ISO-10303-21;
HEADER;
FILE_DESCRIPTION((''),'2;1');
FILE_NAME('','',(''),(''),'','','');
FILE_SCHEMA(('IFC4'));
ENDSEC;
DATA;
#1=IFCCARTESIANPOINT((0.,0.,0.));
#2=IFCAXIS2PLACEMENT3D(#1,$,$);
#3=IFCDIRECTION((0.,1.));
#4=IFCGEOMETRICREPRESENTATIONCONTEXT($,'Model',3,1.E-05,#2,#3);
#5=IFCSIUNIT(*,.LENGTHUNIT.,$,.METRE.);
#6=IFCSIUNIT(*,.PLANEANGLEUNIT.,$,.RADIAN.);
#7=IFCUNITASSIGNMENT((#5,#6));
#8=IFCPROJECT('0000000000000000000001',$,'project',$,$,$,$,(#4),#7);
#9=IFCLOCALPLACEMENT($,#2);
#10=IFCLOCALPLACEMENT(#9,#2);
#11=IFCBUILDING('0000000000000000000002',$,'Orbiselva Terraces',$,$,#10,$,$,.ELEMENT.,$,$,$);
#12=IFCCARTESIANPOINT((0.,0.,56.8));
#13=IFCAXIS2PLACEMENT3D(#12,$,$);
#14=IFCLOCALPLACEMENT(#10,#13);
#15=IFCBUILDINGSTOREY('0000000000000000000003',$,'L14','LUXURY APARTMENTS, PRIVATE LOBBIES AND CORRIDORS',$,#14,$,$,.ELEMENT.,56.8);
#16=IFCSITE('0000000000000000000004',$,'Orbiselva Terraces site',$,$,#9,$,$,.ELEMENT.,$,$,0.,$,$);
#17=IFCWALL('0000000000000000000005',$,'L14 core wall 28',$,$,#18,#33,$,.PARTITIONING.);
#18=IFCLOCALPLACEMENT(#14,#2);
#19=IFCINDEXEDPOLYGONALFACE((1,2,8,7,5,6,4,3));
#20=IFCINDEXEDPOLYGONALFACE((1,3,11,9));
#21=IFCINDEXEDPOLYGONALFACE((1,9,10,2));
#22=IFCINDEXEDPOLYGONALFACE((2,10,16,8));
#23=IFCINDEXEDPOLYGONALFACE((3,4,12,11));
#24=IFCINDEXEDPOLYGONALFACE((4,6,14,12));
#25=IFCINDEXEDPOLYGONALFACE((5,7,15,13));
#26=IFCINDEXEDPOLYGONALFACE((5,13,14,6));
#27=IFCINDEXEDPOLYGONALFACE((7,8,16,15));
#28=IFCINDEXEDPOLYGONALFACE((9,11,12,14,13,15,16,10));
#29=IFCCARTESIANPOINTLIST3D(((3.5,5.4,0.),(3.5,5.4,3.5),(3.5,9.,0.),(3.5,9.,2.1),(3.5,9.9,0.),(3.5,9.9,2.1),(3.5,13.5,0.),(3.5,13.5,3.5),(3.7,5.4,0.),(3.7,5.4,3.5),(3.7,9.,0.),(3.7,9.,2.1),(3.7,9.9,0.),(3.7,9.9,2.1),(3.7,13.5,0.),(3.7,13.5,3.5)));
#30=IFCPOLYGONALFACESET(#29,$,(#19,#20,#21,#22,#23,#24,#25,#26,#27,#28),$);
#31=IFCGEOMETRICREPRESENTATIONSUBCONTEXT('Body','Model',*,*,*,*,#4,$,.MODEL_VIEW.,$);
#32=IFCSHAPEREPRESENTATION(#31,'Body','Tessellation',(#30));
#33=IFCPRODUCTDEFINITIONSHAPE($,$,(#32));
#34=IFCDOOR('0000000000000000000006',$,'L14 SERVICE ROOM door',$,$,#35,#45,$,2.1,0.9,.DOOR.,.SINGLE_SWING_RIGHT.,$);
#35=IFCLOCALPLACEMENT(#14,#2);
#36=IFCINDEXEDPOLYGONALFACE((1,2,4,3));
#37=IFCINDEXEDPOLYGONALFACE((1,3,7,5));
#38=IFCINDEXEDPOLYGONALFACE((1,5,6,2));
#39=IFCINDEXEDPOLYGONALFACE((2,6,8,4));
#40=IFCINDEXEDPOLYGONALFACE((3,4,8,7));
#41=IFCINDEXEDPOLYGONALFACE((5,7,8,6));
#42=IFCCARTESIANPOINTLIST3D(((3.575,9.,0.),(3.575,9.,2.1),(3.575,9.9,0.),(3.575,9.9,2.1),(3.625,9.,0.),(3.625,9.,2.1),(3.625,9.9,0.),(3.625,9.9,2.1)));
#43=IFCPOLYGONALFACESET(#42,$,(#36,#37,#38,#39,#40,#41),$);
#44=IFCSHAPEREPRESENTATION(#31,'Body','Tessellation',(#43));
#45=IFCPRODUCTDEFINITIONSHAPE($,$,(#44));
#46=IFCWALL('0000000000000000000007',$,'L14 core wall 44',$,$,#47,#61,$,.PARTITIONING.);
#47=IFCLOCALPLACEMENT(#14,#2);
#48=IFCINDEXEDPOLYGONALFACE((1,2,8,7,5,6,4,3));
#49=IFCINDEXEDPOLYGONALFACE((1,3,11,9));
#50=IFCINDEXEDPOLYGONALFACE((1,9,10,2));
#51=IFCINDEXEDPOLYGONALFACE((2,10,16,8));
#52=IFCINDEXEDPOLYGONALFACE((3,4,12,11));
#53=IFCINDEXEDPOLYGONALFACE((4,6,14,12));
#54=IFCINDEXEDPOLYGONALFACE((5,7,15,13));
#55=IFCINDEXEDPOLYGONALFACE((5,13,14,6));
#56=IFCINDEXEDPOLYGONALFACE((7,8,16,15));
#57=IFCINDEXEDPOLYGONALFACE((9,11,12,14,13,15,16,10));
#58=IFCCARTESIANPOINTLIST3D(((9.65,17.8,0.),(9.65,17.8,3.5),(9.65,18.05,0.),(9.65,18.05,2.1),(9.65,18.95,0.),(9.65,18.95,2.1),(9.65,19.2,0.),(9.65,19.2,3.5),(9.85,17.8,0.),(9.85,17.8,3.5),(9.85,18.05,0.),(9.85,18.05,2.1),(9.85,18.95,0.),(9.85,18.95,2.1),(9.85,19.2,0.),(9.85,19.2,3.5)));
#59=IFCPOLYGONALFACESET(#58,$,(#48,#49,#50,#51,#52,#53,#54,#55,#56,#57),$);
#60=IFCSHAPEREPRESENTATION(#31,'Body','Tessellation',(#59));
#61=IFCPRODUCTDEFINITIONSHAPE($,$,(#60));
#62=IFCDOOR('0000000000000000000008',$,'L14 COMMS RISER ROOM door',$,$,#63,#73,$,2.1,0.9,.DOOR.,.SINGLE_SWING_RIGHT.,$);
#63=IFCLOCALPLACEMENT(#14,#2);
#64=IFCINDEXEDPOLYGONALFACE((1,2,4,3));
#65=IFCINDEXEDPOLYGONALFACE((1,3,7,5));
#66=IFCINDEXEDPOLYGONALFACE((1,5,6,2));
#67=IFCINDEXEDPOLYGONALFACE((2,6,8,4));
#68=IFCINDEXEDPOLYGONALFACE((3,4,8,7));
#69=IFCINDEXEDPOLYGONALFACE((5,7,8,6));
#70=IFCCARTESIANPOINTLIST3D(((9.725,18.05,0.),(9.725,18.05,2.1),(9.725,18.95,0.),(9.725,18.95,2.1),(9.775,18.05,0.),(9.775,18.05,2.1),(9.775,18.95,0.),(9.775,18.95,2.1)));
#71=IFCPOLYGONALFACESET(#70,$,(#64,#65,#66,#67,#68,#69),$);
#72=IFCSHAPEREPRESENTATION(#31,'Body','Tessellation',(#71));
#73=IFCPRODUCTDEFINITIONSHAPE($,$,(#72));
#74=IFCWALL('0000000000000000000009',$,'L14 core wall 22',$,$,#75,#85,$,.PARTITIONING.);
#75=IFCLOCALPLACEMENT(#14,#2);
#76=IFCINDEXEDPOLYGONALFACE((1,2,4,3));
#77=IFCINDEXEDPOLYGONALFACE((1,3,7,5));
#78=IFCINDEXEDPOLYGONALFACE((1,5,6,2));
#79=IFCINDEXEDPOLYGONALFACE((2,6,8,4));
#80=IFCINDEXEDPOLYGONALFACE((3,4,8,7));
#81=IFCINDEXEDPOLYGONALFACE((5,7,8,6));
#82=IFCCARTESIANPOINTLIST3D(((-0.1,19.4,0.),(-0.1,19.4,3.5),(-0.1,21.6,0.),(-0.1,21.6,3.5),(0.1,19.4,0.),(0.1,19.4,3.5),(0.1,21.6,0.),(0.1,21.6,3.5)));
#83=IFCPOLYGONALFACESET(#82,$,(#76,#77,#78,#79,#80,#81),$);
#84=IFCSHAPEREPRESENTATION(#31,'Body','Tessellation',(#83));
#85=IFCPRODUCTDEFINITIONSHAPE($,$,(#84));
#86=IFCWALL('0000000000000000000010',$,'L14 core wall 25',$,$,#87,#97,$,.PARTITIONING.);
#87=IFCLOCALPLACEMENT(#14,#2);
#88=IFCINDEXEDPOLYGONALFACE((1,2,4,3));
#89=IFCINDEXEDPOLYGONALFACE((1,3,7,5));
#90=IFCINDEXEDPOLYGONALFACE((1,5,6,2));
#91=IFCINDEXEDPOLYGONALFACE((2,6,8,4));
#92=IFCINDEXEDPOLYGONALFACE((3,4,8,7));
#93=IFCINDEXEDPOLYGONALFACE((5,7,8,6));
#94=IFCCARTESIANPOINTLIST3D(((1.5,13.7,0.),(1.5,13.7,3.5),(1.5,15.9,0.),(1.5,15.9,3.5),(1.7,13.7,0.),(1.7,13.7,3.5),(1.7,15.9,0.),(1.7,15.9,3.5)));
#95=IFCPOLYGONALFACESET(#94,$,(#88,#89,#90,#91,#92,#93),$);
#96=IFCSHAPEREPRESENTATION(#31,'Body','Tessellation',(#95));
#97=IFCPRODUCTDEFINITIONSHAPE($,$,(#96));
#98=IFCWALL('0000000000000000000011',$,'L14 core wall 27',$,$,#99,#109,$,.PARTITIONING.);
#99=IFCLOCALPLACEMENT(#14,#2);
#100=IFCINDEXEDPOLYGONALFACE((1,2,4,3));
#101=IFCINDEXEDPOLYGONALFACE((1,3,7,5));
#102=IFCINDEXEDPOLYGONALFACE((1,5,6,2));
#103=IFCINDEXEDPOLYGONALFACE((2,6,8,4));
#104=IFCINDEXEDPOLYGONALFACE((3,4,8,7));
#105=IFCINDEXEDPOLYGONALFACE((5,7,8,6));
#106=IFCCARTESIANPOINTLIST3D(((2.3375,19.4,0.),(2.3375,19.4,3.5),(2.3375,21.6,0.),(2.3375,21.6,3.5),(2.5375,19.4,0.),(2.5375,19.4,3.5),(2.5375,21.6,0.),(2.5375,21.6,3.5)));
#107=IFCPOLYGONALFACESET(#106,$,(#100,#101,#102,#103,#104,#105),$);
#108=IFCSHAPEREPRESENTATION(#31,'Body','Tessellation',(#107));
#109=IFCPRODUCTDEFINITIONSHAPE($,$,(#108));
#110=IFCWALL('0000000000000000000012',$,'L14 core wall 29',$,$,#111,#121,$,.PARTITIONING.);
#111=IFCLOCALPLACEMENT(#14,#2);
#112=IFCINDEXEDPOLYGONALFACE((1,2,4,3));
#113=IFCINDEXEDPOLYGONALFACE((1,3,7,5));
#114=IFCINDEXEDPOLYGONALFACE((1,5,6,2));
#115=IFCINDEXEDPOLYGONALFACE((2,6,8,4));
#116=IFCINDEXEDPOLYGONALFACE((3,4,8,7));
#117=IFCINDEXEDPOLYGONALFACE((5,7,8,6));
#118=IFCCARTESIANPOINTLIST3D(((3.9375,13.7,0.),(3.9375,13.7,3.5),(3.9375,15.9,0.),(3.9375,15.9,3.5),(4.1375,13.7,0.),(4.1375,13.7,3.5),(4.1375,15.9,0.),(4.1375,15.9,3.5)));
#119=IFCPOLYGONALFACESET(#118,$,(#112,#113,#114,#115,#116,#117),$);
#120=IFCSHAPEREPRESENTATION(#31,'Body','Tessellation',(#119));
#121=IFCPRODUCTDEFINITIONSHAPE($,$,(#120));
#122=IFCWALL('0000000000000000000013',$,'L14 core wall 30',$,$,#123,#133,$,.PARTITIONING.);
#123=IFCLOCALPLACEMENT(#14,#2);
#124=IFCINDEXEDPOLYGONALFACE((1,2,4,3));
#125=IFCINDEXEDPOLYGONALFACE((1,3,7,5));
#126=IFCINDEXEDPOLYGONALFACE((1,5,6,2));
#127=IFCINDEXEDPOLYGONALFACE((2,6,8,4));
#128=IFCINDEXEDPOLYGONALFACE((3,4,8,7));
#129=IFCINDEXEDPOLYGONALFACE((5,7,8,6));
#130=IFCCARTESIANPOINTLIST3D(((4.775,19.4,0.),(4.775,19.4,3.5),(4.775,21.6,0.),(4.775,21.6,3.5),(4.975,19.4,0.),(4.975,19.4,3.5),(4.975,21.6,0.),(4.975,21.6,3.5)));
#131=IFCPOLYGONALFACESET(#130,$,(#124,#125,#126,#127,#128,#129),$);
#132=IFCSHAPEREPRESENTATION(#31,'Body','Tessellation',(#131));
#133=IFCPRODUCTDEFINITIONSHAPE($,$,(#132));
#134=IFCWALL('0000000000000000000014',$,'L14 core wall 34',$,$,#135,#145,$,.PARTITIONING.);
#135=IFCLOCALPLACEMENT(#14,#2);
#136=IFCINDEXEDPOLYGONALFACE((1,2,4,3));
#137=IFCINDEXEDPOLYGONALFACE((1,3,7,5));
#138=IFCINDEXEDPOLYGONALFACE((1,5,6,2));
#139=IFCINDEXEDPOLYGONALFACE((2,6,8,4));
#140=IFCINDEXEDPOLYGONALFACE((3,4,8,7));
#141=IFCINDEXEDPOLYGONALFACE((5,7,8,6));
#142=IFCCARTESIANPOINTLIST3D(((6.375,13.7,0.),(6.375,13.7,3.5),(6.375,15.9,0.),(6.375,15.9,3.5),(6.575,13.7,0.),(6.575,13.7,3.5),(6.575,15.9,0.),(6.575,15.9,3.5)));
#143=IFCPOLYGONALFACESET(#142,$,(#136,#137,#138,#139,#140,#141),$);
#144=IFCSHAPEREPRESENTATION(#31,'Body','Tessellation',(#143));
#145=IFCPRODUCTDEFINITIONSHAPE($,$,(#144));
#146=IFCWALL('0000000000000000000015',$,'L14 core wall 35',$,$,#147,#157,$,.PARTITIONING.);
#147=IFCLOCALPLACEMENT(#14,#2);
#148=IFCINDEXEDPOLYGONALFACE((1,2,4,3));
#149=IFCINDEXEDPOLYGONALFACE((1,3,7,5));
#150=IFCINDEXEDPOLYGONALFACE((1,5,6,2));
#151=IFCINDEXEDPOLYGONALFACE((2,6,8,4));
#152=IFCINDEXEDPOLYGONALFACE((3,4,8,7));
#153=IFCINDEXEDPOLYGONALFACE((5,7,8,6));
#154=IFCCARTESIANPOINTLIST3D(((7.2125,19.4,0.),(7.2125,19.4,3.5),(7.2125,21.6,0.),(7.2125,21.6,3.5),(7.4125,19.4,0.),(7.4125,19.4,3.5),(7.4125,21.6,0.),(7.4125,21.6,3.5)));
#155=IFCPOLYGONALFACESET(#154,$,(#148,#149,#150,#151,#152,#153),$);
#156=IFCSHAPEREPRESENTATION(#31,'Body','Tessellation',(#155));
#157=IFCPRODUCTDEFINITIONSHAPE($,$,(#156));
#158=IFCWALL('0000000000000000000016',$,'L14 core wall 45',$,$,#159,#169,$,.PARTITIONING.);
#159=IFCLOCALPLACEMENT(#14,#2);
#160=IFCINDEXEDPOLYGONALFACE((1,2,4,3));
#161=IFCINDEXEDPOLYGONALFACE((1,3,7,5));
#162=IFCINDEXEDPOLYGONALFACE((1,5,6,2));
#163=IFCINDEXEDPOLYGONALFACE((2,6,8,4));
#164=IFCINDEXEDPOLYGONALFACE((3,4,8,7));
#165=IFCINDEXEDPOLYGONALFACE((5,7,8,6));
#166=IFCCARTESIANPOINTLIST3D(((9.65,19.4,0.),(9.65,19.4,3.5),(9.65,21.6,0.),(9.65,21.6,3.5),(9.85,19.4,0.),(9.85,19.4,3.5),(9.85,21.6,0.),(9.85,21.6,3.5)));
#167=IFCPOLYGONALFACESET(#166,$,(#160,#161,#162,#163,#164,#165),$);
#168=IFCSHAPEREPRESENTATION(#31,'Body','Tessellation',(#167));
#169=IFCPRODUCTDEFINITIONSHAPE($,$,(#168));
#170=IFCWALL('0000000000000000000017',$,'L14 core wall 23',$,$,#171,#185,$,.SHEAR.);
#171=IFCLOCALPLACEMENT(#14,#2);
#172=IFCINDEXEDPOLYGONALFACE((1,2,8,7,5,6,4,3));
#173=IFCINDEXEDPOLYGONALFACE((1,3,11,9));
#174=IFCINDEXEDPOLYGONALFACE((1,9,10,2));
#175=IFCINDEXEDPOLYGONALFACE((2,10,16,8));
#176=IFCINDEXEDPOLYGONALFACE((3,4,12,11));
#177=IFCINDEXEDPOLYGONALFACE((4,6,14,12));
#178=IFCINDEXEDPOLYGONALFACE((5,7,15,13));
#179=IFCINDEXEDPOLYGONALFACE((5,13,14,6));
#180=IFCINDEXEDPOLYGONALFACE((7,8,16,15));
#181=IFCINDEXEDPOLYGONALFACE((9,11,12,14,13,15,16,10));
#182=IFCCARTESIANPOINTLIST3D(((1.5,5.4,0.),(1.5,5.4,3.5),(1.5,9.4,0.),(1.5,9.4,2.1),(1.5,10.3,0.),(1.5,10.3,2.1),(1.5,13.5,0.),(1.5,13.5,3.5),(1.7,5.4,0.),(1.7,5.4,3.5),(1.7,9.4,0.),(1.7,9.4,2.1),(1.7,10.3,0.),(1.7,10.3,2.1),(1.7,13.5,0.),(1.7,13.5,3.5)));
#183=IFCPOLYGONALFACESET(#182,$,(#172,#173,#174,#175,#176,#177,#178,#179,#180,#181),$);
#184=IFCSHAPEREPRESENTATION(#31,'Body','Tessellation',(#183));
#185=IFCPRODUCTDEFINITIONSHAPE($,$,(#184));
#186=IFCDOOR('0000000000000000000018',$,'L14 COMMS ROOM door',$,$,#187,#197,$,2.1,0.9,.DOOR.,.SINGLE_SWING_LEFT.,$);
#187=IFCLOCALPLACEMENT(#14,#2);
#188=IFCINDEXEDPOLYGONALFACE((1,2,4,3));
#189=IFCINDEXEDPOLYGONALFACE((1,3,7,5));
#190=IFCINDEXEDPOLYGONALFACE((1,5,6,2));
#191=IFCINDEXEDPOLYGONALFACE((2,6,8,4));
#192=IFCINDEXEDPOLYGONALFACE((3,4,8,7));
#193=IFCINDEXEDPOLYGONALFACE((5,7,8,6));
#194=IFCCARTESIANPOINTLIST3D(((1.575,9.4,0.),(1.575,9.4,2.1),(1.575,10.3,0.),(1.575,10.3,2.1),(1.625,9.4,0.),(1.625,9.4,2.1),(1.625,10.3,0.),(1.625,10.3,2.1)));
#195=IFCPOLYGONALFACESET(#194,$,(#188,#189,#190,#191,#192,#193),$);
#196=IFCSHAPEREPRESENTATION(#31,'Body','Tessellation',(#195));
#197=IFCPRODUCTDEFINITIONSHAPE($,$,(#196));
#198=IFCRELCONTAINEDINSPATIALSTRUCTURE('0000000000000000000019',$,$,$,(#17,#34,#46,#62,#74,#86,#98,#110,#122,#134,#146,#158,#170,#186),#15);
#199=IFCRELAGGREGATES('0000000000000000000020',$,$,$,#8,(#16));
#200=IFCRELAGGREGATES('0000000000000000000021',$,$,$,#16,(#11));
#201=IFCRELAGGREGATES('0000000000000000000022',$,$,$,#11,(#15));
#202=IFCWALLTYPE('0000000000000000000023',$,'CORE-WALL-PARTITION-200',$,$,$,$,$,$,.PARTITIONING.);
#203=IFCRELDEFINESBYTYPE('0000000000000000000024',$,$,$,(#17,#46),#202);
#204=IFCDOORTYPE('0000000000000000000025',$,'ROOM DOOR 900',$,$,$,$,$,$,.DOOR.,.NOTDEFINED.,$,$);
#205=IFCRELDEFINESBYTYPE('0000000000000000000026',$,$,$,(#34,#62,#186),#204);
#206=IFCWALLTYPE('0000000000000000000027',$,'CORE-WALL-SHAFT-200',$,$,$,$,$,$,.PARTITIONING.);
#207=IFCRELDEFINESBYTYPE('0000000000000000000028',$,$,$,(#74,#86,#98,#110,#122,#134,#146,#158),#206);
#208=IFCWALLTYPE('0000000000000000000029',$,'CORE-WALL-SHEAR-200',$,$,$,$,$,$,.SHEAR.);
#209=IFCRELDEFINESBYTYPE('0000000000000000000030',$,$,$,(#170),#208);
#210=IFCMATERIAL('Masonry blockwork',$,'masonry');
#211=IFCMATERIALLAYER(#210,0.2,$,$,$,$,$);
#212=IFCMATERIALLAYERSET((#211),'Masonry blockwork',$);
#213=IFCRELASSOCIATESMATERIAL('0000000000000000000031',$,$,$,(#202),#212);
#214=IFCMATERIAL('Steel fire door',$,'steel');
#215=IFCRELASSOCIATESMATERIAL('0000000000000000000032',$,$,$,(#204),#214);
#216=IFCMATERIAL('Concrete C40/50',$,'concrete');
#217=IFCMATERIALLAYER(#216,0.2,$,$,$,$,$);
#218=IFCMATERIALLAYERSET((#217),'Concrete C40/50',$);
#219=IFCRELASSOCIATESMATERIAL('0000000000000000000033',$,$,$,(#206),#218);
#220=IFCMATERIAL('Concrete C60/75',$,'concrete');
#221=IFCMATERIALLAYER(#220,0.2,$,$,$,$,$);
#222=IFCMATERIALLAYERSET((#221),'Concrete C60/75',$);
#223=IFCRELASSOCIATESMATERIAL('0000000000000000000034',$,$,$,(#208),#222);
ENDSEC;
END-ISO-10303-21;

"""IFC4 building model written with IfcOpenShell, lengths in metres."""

from ifc_helpers import new_model, si_unit, direction, frame, frame_2d, origin, place, context, subcontext, project, spatial, rectangle, extrude, material, layer, layer_set, type_object, element, fill, save


model = new_model("IFC4")

# Units and contexts
model_context = context("Model", 3, precision=1e-05, world=origin(), true_north=direction((0.0, 1.0)))
body_context = subcontext(model_context, "Body", "Model", "MODEL_VIEW")
ifc_project = project(units=[si_unit("LENGTHUNIT", "METRE"), si_unit("PLANEANGLEUNIT", "RADIAN")], contexts=[model_context])

# Site, building, storey
site_placement = place(None, origin())
site = spatial("IfcSite", under=ifc_project, at=site_placement, Name="Orbiselva Terraces site", CompositionType="ELEMENT", RefElevation=0.0)
building_placement = place(site_placement, origin())
building = spatial("IfcBuilding", under=site, at=building_placement, Name="Orbiselva Terraces", CompositionType="ELEMENT")
storey_placement = place(building_placement, frame((0.0, 0.0, 56.8)))
storey = spatial("IfcBuildingStorey", under=building, at=storey_placement, Name="L14", Description="LUXURY APARTMENTS, PRIVATE LOBBIES AND CORRIDORS", CompositionType="ELEMENT", Elevation=56.8)

# Walls, openings, doors
ifc_material_1 = material(Name="Masonry blockwork", Category="masonry")
ifc_layer_1 = layer(ifc_material_1, 0.2)
ifc_layer_set_1 = layer_set([ifc_layer_1], Name="Masonry blockwork")
wall_type_1 = type_object("IfcWallType", Name="CORE-WALL-PARTITION-200", PredefinedType="PARTITIONING", material=ifc_layer_set_1)
wall_1_placement = place(storey_placement, frame((3.6, 13.5, 0.0), z_axis=(0.0, 0.0, 1.0), x_axis=(0.0, -1.0, 0.0)))
wall_1 = element("IfcWall", 1, at=wall_1_placement, inside=storey, type_object=wall_type_1, Name="L14 core wall 28", PredefinedType="PARTITIONING", context=body_context, shape_type="SweptSolid", body=[
    extrude(rectangle(XDim=8.1, YDim=0.2, at=frame_2d((4.05, 0.0))), origin(), (0.0, 0.0, 1.0), 3.5),
])
opening_1_placement = place(wall_1_placement, frame((3.6, 0.0, 0.0)))
opening_1 = element("IfcOpeningElement", 2, at=opening_1_placement, cuts=wall_1, PredefinedType="OPENING", context=body_context, shape_type="SweptSolid", body=[
    extrude(rectangle(XDim=0.9, YDim=2.1, at=frame_2d((0.45, 1.05))), frame((0.0, 0.11, 0.0), z_axis=(0.0, -1.0, 0.0), x_axis=(1.0, 0.0, 0.0)), (0.0, 0.0, 1.0), 0.22),
])
ifc_material_2 = material(Name="Steel fire door", Category="steel")
door_type = type_object("IfcDoorType", Name="ROOM DOOR 900", OperationType="NOTDEFINED", PredefinedType="DOOR", material=ifc_material_2)
door_1_placement = place(opening_1_placement, origin())
door_1 = element("IfcDoor", 3, at=door_1_placement, inside=storey, type_object=door_type, Name="L14 SERVICE ROOM door", OperationType="SINGLE_SWING_RIGHT", OverallHeight=2.1, OverallWidth=0.9, PredefinedType="DOOR", context=body_context, shape_type="SweptSolid", body=[
    extrude(rectangle(XDim=0.9, YDim=2.1, at=frame_2d((0.45, 1.05))), frame((0.0, 0.025, 0.0), z_axis=(0.0, -1.0, 0.0), x_axis=(1.0, 0.0, 0.0)), (0.0, 0.0, 1.0), 0.05),
])
fill(opening_1, door_1)
wall_2_placement = place(storey_placement, frame((9.75, 19.2, 0.0), z_axis=(0.0, 0.0, 1.0), x_axis=(0.0, -1.0, 0.0)))
wall_2 = element("IfcWall", 4, at=wall_2_placement, inside=storey, type_object=wall_type_1, Name="L14 core wall 44", PredefinedType="PARTITIONING", context=body_context, shape_type="SweptSolid", body=[
    extrude(rectangle(XDim=1.4, YDim=0.2, at=frame_2d((0.7, 0.0))), origin(), (0.0, 0.0, 1.0), 3.5),
])
opening_2_placement = place(wall_2_placement, frame((0.25, 0.0, 0.0)))
opening_2 = element("IfcOpeningElement", 5, at=opening_2_placement, cuts=wall_2, PredefinedType="OPENING", context=body_context, shape_type="SweptSolid", body=[
    extrude(rectangle(XDim=0.9, YDim=2.1, at=frame_2d((0.45, 1.05))), frame((0.0, 0.11, 0.0), z_axis=(0.0, -1.0, 0.0), x_axis=(1.0, 0.0, 0.0)), (0.0, 0.0, 1.0), 0.22),
])
door_2_placement = place(opening_2_placement, origin())
door_2 = element("IfcDoor", 6, at=door_2_placement, inside=storey, type_object=door_type, Name="L14 COMMS RISER ROOM door", OperationType="SINGLE_SWING_RIGHT", OverallHeight=2.1, OverallWidth=0.9, PredefinedType="DOOR", context=body_context, shape_type="SweptSolid", body=[
    extrude(rectangle(XDim=0.9, YDim=2.1, at=frame_2d((0.45, 1.05))), frame((0.0, 0.025, 0.0), z_axis=(0.0, -1.0, 0.0), x_axis=(1.0, 0.0, 0.0)), (0.0, 0.0, 1.0), 0.05),
])
fill(opening_2, door_2)

# Walls
ifc_material_3 = material(Name="Concrete C40/50", Category="concrete")
ifc_layer_2 = layer(ifc_material_3, 0.2)
ifc_layer_set_2 = layer_set([ifc_layer_2], Name="Concrete C40/50")
wall_type_2 = type_object("IfcWallType", Name="CORE-WALL-SHAFT-200", PredefinedType="PARTITIONING", material=ifc_layer_set_2)
for number, where, z_axis, x_axis, name in (
    (7, (0.0, 19.4, 0.0), (0.0, 0.0, 1.0), (0.0, 1.0, 0.0), "L14 core wall 22"),
    (8, (1.6, 13.7, 0.0), (0.0, 0.0, 1.0), (0.0, 1.0, 0.0), "L14 core wall 25"),
    (9, (2.4375, 19.4, 0.0), (0.0, 0.0, 1.0), (0.0, 1.0, 0.0), "L14 core wall 27"),
    (10, (4.0375, 13.7, 0.0), (0.0, 0.0, 1.0), (0.0, 1.0, 0.0), "L14 core wall 29"),
    (11, (4.875, 19.4, 0.0), (0.0, 0.0, 1.0), (0.0, 1.0, 0.0), "L14 core wall 30"),
    (12, (6.475, 13.7, 0.0), (0.0, 0.0, 1.0), (0.0, 1.0, 0.0), "L14 core wall 34"),
    (13, (7.3125, 19.4, 0.0), (0.0, 0.0, 1.0), (0.0, 1.0, 0.0), "L14 core wall 35"),
    (14, (9.75, 19.4, 0.0), (0.0, 0.0, 1.0), (0.0, 1.0, 0.0), "L14 core wall 45"),
):
    element("IfcWall", number, at=place(storey_placement, frame(where, z_axis=z_axis, x_axis=x_axis)), inside=storey, type_object=wall_type_2, Name=name, PredefinedType="PARTITIONING", context=body_context, shape_type="SweptSolid", body=[
        extrude(rectangle(XDim=2.2, YDim=0.2, at=frame_2d((1.1, 0.0))), origin(), (0.0, 0.0, 1.0), 3.5),
    ])

# Wall, opening, door
ifc_material_4 = material(Name="Concrete C60/75", Category="concrete")
ifc_layer_3 = layer(ifc_material_4, 0.2)
ifc_layer_set_3 = layer_set([ifc_layer_3], Name="Concrete C60/75")
wall_type_3 = type_object("IfcWallType", Name="CORE-WALL-SHEAR-200", PredefinedType="SHEAR", material=ifc_layer_set_3)
wall_3_placement = place(storey_placement, frame((1.6, 13.5, 0.0), z_axis=(0.0, 0.0, 1.0), x_axis=(0.0, -1.0, 0.0)))
wall_3 = element("IfcWall", 15, at=wall_3_placement, inside=storey, type_object=wall_type_3, Name="L14 core wall 23", PredefinedType="SHEAR", context=body_context, shape_type="SweptSolid", body=[
    extrude(rectangle(XDim=8.1, YDim=0.2, at=frame_2d((4.05, 0.0))), origin(), (0.0, 0.0, 1.0), 3.5),
])
opening_3_placement = place(wall_3_placement, frame((3.2, 0.0, 0.0)))
opening_3 = element("IfcOpeningElement", 16, at=opening_3_placement, cuts=wall_3, PredefinedType="OPENING", context=body_context, shape_type="SweptSolid", body=[
    extrude(rectangle(XDim=0.9, YDim=2.1, at=frame_2d((0.45, 1.05))), frame((0.0, 0.11, 0.0), z_axis=(0.0, -1.0, 0.0), x_axis=(1.0, 0.0, 0.0)), (0.0, 0.0, 1.0), 0.22),
])
door_3_placement = place(opening_3_placement, origin())
door_3 = element("IfcDoor", 17, at=door_3_placement, inside=storey, type_object=door_type, Name="L14 COMMS ROOM door", OperationType="SINGLE_SWING_LEFT", OverallHeight=2.1, OverallWidth=0.9, PredefinedType="DOOR", context=body_context, shape_type="SweptSolid", body=[
    extrude(rectangle(XDim=0.9, YDim=2.1, at=frame_2d((0.45, 1.05))), frame((0.0, 0.025, 0.0), z_axis=(0.0, -1.0, 0.0), x_axis=(1.0, 0.0, 0.0)), (0.0, 0.0, 1.0), 0.05),
])
fill(opening_3, door_3)

save(model, "model.ifc")
